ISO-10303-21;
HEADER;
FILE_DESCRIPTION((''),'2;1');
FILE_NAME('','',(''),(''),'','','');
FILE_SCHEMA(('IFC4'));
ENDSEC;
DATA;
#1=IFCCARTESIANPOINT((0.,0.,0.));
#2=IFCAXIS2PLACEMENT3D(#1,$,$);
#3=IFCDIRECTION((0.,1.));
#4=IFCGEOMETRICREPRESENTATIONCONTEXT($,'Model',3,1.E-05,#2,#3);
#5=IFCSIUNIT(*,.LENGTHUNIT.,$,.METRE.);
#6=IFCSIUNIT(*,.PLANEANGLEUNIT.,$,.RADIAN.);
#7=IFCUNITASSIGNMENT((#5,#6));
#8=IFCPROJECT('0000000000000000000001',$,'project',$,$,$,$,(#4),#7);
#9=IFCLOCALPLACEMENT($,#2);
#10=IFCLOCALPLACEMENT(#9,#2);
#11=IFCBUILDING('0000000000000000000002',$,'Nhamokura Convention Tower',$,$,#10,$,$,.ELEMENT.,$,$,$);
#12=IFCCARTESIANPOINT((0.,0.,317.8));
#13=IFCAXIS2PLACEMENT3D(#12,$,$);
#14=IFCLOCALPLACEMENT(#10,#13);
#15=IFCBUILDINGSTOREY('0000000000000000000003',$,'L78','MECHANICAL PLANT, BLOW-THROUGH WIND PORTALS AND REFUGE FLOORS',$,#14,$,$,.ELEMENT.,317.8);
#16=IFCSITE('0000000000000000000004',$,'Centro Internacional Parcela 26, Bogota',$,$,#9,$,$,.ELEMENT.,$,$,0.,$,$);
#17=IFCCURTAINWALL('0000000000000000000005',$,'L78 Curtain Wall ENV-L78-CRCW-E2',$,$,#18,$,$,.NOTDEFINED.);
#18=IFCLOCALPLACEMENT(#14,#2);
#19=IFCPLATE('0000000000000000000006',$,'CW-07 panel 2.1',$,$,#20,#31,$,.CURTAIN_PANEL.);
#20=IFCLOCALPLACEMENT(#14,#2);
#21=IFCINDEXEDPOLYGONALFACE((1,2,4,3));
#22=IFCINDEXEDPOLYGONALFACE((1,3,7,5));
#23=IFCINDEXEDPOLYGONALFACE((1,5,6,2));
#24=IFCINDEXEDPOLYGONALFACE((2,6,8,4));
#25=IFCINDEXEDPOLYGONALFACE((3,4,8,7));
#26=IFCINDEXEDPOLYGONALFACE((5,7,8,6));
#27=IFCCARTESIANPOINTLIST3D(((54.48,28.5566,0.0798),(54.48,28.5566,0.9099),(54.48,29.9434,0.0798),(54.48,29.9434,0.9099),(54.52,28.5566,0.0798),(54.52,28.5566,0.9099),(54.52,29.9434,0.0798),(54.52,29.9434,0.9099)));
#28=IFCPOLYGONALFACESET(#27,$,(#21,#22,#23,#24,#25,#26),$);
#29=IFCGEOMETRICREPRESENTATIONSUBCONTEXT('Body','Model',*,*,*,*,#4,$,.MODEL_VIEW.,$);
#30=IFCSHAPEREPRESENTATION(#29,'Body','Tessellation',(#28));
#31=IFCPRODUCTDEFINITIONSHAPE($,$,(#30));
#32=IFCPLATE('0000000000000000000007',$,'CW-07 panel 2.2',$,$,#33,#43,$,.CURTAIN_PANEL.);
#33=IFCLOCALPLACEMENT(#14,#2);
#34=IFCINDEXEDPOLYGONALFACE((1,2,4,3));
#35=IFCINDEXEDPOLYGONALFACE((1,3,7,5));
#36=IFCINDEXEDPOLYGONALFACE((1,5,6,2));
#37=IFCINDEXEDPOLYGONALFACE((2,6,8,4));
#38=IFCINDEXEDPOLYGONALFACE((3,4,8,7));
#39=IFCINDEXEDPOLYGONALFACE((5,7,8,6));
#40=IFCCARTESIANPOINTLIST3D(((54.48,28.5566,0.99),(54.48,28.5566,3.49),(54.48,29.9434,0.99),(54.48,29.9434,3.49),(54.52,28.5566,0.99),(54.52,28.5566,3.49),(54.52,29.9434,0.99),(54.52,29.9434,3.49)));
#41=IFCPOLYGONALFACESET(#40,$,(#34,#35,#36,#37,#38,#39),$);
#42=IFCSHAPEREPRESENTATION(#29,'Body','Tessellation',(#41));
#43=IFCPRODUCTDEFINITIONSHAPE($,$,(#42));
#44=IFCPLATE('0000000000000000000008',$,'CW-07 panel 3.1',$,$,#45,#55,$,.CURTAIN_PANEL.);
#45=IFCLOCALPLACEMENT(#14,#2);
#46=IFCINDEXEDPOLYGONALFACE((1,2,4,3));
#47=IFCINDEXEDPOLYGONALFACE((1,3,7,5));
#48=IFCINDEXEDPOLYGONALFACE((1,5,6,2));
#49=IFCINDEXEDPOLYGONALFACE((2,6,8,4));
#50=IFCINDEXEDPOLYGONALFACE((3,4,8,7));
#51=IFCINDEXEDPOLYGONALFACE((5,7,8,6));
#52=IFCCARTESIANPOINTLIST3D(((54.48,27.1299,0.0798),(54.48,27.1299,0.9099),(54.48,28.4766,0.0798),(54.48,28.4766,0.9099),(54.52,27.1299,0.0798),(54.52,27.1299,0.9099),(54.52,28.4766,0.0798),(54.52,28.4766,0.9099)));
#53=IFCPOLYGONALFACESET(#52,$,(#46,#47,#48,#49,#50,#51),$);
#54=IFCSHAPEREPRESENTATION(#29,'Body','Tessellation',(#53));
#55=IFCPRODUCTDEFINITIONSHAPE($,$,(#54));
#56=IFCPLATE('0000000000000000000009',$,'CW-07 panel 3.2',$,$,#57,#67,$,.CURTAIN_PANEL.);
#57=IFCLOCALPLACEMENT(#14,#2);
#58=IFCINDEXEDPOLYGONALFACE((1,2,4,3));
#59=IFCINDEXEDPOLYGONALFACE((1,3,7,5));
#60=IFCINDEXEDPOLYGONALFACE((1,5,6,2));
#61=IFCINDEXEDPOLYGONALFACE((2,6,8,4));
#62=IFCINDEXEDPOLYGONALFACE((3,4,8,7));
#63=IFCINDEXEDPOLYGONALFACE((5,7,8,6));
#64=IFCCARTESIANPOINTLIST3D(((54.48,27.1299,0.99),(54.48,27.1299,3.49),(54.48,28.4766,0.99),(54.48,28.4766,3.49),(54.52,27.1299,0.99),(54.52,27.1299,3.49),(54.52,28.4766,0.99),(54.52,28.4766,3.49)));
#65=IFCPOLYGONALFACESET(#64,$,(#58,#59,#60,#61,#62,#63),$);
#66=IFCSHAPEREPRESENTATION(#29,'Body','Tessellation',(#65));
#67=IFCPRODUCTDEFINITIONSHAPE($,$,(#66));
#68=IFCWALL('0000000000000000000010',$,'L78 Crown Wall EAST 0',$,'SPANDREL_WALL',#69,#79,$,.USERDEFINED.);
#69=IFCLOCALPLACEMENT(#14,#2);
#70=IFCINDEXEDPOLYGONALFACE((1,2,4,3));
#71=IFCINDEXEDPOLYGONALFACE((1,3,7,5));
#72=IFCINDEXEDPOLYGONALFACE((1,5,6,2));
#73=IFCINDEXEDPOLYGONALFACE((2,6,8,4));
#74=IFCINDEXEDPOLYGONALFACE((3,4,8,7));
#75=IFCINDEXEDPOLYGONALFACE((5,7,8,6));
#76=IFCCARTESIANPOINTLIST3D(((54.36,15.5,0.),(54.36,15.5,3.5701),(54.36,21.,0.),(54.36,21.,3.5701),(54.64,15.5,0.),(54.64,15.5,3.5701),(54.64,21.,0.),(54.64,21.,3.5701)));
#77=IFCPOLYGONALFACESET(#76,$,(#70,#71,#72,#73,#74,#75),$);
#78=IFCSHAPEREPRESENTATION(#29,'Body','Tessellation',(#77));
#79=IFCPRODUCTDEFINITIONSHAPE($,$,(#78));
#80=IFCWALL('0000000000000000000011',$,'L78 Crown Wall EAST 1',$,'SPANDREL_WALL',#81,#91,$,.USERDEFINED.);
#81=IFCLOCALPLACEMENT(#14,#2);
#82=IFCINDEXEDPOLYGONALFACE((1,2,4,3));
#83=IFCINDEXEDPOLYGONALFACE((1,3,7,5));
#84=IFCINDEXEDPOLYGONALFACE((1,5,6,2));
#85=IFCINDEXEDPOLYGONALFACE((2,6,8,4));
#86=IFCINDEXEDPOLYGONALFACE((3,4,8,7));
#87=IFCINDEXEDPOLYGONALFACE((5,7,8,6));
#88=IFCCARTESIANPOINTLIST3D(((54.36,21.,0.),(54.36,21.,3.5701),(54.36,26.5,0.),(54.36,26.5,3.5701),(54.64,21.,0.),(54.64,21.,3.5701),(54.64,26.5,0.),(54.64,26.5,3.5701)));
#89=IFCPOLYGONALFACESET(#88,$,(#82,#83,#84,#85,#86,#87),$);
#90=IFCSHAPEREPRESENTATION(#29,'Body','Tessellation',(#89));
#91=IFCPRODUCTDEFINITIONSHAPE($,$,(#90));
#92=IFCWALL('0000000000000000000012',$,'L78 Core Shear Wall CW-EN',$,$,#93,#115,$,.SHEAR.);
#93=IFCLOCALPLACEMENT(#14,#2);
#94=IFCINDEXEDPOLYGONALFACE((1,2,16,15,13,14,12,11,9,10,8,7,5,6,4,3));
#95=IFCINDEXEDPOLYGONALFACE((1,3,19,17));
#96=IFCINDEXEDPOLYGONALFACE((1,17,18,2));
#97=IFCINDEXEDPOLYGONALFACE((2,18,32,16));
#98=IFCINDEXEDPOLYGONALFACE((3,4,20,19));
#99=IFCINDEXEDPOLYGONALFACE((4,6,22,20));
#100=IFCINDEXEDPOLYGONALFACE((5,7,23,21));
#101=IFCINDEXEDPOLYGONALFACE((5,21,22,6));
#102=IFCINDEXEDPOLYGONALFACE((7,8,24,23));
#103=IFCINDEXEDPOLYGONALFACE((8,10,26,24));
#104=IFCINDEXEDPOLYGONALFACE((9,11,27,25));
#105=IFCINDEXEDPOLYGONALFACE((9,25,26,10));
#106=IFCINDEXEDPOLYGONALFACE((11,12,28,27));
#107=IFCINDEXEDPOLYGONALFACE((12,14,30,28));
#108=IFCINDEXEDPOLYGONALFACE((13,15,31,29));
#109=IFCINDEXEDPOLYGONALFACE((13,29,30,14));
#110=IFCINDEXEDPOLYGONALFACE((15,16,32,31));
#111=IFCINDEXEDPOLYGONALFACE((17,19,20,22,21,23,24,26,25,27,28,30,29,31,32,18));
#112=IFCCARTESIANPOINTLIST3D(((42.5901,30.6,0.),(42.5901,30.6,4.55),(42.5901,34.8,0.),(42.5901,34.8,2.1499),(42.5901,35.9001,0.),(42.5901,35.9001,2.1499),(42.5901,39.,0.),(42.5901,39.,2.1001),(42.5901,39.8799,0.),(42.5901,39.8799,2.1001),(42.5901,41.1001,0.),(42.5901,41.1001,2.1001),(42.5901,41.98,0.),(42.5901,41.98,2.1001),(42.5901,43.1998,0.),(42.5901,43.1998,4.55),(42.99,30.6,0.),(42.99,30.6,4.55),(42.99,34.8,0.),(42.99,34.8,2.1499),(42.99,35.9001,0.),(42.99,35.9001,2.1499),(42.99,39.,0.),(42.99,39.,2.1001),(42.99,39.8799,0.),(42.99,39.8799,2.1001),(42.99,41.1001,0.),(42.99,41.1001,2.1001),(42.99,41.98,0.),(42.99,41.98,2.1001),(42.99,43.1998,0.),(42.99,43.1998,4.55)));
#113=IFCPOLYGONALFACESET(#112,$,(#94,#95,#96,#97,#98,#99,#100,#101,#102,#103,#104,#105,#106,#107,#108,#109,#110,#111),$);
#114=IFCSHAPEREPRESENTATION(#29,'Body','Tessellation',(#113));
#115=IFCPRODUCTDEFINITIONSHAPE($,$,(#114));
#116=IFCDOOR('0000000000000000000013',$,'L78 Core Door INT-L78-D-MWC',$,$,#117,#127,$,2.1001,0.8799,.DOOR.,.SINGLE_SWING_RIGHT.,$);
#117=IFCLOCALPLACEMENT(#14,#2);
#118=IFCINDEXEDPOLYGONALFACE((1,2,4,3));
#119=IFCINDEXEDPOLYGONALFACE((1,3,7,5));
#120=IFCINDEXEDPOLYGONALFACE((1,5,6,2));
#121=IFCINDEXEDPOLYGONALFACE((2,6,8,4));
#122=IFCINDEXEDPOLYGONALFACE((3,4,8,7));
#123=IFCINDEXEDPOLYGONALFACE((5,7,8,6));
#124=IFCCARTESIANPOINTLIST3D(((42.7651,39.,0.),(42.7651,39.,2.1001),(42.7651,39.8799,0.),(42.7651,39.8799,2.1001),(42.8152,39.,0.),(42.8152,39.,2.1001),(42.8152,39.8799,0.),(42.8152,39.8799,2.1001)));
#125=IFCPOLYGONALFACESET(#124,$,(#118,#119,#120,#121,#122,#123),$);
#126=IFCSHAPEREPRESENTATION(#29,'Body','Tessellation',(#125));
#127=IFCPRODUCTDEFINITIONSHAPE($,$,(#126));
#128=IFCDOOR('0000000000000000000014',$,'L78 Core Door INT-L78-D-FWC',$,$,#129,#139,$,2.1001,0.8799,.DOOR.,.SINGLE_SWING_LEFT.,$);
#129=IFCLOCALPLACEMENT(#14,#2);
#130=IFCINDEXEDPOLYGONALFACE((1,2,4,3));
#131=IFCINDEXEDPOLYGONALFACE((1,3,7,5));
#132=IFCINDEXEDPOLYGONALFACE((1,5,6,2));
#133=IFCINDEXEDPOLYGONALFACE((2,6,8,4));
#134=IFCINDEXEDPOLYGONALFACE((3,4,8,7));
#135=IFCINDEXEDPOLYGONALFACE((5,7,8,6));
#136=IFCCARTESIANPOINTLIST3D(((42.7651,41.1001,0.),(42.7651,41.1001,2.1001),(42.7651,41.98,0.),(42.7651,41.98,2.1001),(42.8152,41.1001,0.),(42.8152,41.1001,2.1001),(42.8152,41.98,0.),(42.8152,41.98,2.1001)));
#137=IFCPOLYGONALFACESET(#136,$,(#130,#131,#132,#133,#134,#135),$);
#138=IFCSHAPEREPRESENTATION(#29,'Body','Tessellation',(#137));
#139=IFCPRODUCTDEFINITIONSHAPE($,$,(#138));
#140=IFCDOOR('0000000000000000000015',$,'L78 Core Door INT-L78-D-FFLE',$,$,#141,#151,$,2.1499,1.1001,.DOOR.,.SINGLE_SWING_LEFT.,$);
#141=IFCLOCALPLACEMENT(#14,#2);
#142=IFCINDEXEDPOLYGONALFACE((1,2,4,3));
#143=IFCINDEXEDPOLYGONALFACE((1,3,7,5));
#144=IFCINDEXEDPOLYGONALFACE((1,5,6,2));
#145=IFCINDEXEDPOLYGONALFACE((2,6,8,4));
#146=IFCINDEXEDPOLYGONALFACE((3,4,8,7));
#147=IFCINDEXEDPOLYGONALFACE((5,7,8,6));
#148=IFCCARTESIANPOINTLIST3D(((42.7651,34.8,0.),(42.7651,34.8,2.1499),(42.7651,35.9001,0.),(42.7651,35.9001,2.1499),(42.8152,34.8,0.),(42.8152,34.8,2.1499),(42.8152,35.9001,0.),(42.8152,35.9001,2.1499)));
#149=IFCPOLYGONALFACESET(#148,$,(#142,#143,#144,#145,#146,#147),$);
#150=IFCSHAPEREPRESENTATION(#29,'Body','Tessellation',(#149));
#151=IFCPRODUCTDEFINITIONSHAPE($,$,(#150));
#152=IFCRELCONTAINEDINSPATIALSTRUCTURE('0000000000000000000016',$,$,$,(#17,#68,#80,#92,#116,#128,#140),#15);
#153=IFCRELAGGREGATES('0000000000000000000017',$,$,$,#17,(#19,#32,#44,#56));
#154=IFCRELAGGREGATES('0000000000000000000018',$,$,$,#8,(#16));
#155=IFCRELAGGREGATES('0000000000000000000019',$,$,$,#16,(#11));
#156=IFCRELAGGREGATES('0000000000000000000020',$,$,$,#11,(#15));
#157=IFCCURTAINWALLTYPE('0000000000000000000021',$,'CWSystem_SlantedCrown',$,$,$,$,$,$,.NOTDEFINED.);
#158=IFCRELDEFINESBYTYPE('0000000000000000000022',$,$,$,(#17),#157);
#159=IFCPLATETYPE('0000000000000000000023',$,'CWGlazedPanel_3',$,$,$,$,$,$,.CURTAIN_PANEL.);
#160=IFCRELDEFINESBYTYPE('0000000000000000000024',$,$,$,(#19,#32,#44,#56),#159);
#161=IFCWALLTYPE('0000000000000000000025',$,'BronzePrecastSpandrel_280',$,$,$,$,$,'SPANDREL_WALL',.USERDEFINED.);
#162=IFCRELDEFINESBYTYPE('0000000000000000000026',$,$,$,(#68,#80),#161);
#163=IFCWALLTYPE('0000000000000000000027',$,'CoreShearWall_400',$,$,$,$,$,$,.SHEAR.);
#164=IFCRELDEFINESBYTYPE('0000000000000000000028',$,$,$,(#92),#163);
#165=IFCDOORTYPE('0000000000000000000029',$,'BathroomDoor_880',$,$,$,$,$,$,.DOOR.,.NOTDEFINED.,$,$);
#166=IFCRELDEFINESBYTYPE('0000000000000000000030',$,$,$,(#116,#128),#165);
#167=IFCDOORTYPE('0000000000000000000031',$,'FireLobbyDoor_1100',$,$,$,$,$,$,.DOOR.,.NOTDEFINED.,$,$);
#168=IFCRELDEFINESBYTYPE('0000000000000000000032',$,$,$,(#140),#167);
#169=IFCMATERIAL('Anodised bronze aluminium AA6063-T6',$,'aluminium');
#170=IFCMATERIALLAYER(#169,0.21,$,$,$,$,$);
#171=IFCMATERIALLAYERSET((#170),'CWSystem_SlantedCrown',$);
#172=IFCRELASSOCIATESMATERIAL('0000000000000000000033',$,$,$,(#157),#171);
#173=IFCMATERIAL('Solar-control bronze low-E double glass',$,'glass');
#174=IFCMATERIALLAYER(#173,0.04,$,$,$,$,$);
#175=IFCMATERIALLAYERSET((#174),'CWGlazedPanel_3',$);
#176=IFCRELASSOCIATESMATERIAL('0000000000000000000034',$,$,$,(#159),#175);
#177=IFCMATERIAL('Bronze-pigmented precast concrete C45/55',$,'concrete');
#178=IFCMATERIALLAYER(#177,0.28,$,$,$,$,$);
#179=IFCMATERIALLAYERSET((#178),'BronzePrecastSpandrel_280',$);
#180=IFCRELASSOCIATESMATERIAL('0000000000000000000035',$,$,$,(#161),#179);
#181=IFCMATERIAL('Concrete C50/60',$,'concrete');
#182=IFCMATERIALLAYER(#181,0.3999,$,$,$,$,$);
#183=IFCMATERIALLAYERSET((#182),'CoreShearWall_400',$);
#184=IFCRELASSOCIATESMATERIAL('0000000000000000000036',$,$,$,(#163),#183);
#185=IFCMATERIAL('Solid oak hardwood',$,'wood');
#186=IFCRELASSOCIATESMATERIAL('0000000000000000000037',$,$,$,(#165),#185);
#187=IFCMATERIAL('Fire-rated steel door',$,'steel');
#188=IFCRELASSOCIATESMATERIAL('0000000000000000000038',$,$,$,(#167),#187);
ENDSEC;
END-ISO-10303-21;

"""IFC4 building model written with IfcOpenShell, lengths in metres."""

from ifc_helpers import new_model, si_unit, direction, frame, frame_2d, origin, origin_2d, place, context, subcontext, project, spatial, rectangle, extrude, material, layer, layer_set, type_object, element, fill, aggregate, save


model = new_model("IFC4")

# Units and contexts
model_context = context("Model", 3, precision=1e-05, world=origin(), true_north=direction((0.0, 1.0)))
body_context = subcontext(model_context, "Body", "Model", "MODEL_VIEW")
ifc_project = project(units=[si_unit("LENGTHUNIT", "METRE"), si_unit("PLANEANGLEUNIT", "RADIAN")], contexts=[model_context])

# Site, building, storey
site_placement = place(None, origin())
site = spatial("IfcSite", under=ifc_project, at=site_placement, Name="Centro Internacional Parcela 26, Bogota", CompositionType="ELEMENT", RefElevation=0.0)
building_placement = place(site_placement, origin())
building = spatial("IfcBuilding", under=site, at=building_placement, Name="Nhamokura Convention Tower", CompositionType="ELEMENT")
storey_placement = place(building_placement, frame((0.0, 0.0, 317.8)))
storey = spatial("IfcBuildingStorey", under=building, at=storey_placement, Name="L78", Description="MECHANICAL PLANT, BLOW-THROUGH WIND PORTALS AND REFUGE FLOORS", CompositionType="ELEMENT", Elevation=317.8)

# Curtain wall
ifc_material_1 = material(Name="Anodised bronze aluminium AA6063-T6", Category="aluminium")
ifc_layer_1 = layer(ifc_material_1, 0.21)
ifc_layer_set_1 = layer_set([ifc_layer_1], Name="CWSystem_SlantedCrown")
curtain_wall_type = type_object("IfcCurtainWallType", Name="CWSystem_SlantedCrown", PredefinedType="NOTDEFINED", material=ifc_layer_set_1)
curtain_wall_placement = place(storey_placement, origin())
curtain_wall = element("IfcCurtainWall", 1, at=curtain_wall_placement, inside=storey, type_object=curtain_wall_type, Name="L78 Curtain Wall ENV-L78-CRCW-E2", PredefinedType="NOTDEFINED")

# Plates
ifc_material_2 = material(Name="Solar-control bronze low-E double glass", Category="glass")
ifc_layer_2 = layer(ifc_material_2, 0.04)
ifc_layer_set_2 = layer_set([ifc_layer_2], Name="CWGlazedPanel_3")
plate_type = type_object("IfcPlateType", Name="CWGlazedPanel_3", PredefinedType="CURTAIN_PANEL", material=ifc_layer_set_2)
plate_1_placement = place(storey_placement, frame((54.5, 29.25, 0.0798), z_axis=(0.0, 0.0, 1.0), x_axis=(0.0, -1.0, 0.0)))
plate_1 = element("IfcPlate", 2, at=plate_1_placement, type_object=plate_type, Name="CW-07 panel 2.1", PredefinedType="CURTAIN_PANEL", context=body_context, shape_type="SweptSolid", body=[
    extrude(rectangle(XDim=1.3867, YDim=0.04, at=origin_2d()), origin(), (0.0, 0.0, 1.0), 0.8301),
])
plate_2_placement = place(storey_placement, frame((54.5, 29.25, 0.99), z_axis=(0.0, 0.0, 1.0), x_axis=(0.0, -1.0, 0.0)))
plate_2 = element("IfcPlate", 3, at=plate_2_placement, type_object=plate_type, Name="CW-07 panel 2.2", PredefinedType="CURTAIN_PANEL", context=body_context, shape_type="SweptSolid", body=[
    extrude(rectangle(XDim=1.3867, YDim=0.04, at=origin_2d()), origin(), (0.0, 0.0, 1.0), 2.5),
])
plate_3_placement = place(storey_placement, frame((54.5, 27.8032, 0.0798), z_axis=(0.0, 0.0, 1.0), x_axis=(0.0, -1.0, 0.0)))
plate_3 = element("IfcPlate", 4, at=plate_3_placement, type_object=plate_type, Name="CW-07 panel 3.1", PredefinedType="CURTAIN_PANEL", context=body_context, shape_type="SweptSolid", body=[
    extrude(rectangle(XDim=1.3467, YDim=0.04, at=origin_2d()), origin(), (0.0, 0.0, 1.0), 0.8301),
])
plate_4_placement = place(storey_placement, frame((54.5, 27.8032, 0.99), z_axis=(0.0, 0.0, 1.0), x_axis=(0.0, -1.0, 0.0)))
plate_4 = element("IfcPlate", 5, at=plate_4_placement, type_object=plate_type, Name="CW-07 panel 3.2", PredefinedType="CURTAIN_PANEL", context=body_context, shape_type="SweptSolid", body=[
    extrude(rectangle(XDim=1.3467, YDim=0.04, at=origin_2d()), origin(), (0.0, 0.0, 1.0), 2.5),
])
aggregate(curtain_wall, [plate_1, plate_2, plate_3, plate_4])

# Walls
ifc_material_3 = material(Name="Bronze-pigmented precast concrete C45/55", Category="concrete")
ifc_layer_3 = layer(ifc_material_3, 0.28)
ifc_layer_set_3 = layer_set([ifc_layer_3], Name="BronzePrecastSpandrel_280")
wall_type_1 = type_object("IfcWallType", Name="BronzePrecastSpandrel_280", ElementType="SPANDREL_WALL", PredefinedType="USERDEFINED", material=ifc_layer_set_3)
for number, where, z_axis, x_axis, name in (
    (6, (54.5, 21.0, 0.0), (0.0, 0.0, 1.0), (0.0, -1.0, 0.0), "L78 Crown Wall EAST 0"),
    (7, (54.5, 26.5, 0.0), (0.0, 0.0, 1.0), (0.0, -1.0, 0.0), "L78 Crown Wall EAST 1"),
):
    element("IfcWall", number, at=place(storey_placement, frame(where, z_axis=z_axis, x_axis=x_axis)), inside=storey, type_object=wall_type_1, Name=name, ObjectType="SPANDREL_WALL", PredefinedType="USERDEFINED", context=body_context, shape_type="SweptSolid", body=[
        extrude(rectangle(XDim=5.5, YDim=0.28, at=frame_2d((2.75, 0.0))), origin(), (0.0, 0.0, 1.0), 3.5701),
    ])

# Wall, openings, doors
ifc_material_4 = material(Name="Concrete C50/60", Category="concrete")
ifc_layer_4 = layer(ifc_material_4, 0.3999)
ifc_layer_set_4 = layer_set([ifc_layer_4], Name="CoreShearWall_400")
wall_type_2 = type_object("IfcWallType", Name="CoreShearWall_400", PredefinedType="SHEAR", material=ifc_layer_set_4)
wall_placement = place(storey_placement, frame((42.79, 30.6001, 0.0), z_axis=(0.0, 0.0, 1.0), x_axis=(0.0, 1.0, 0.0)))
wall = element("IfcWall", 8, at=wall_placement, inside=storey, type_object=wall_type_2, Name="L78 Core Shear Wall CW-EN", PredefinedType="SHEAR", context=body_context, shape_type="SweptSolid", body=[
    extrude(rectangle(XDim=12.5999, YDim=0.3999, at=frame_2d((6.2998, 0.0))), origin(), (0.0, 0.0, 1.0), 4.55),
])
opening_1_placement = place(wall_placement, frame((4.2, 0.0, 0.0)))
opening_1 = element("IfcOpeningElement", 9, at=opening_1_placement, cuts=wall, PredefinedType="OPENING", context=body_context, shape_type="SweptSolid", body=[
    extrude(rectangle(XDim=1.1001, YDim=2.1499, at=frame_2d((0.55, 1.075))), frame((0.0, 0.21, 0.0), z_axis=(0.0, -1.0, 0.0), x_axis=(1.0, 0.0, 0.0)), (0.0, 0.0, 1.0), 0.4199),
])
opening_2_placement = place(wall_placement, frame((8.3999, 0.0, 0.0)))
opening_2 = element("IfcOpeningElement", 10, at=opening_2_placement, cuts=wall, PredefinedType="OPENING", context=body_context, shape_type="SweptSolid", body=[
    extrude(rectangle(XDim=0.8799, YDim=2.1001, at=frame_2d((0.4399, 1.05))), frame((0.0, 0.21, 0.0), z_axis=(0.0, -1.0, 0.0), x_axis=(1.0, 0.0, 0.0)), (0.0, 0.0, 1.0), 0.4199),
])
opening_3_placement = place(wall_placement, frame((10.5, 0.0, 0.0)))
opening_3 = element("IfcOpeningElement", 11, at=opening_3_placement, cuts=wall, PredefinedType="OPENING", context=body_context, shape_type="SweptSolid", body=[
    extrude(rectangle(XDim=0.8799, YDim=2.1001, at=frame_2d((0.4399, 1.05))), frame((0.0, 0.21, 0.0), z_axis=(0.0, -1.0, 0.0), x_axis=(1.0, 0.0, 0.0)), (0.0, 0.0, 1.0), 0.4199),
])
ifc_material_5 = material(Name="Solid oak hardwood", Category="wood")
door_type_1 = type_object("IfcDoorType", Name="BathroomDoor_880", OperationType="NOTDEFINED", PredefinedType="DOOR", material=ifc_material_5)
door_1_placement = place(opening_2_placement, origin())
door_1 = element("IfcDoor", 12, at=door_1_placement, inside=storey, type_object=door_type_1, Name="L78 Core Door INT-L78-D-MWC", OperationType="SINGLE_SWING_RIGHT", OverallHeight=2.1001, OverallWidth=0.8799, PredefinedType="DOOR", context=body_context, shape_type="SweptSolid", body=[
    extrude(rectangle(XDim=0.8799, YDim=2.1001, at=frame_2d((0.4399, 1.05))), frame((0.0, 0.0249, 0.0), z_axis=(0.0, -1.0, 0.0), x_axis=(1.0, 0.0, 0.0)), (0.0, 0.0, 1.0), 0.05),
])
fill(opening_2, door_1)
door_2_placement = place(opening_3_placement, origin())
door_2 = element("IfcDoor", 13, at=door_2_placement, inside=storey, type_object=door_type_1, Name="L78 Core Door INT-L78-D-FWC", OperationType="SINGLE_SWING_LEFT", OverallHeight=2.1001, OverallWidth=0.8799, PredefinedType="DOOR", context=body_context, shape_type="SweptSolid", body=[
    extrude(rectangle(XDim=0.8799, YDim=2.1001, at=frame_2d((0.4399, 1.05))), frame((0.0, 0.0249, 0.0), z_axis=(0.0, -1.0, 0.0), x_axis=(1.0, 0.0, 0.0)), (0.0, 0.0, 1.0), 0.05),
])
fill(opening_3, door_2)
ifc_material_6 = material(Name="Fire-rated steel door", Category="steel")
door_type_2 = type_object("IfcDoorType", Name="FireLobbyDoor_1100", OperationType="NOTDEFINED", PredefinedType="DOOR", material=ifc_material_6)
door_3_placement = place(opening_1_placement, origin())
door_3 = element("IfcDoor", 14, at=door_3_placement, inside=storey, type_object=door_type_2, Name="L78 Core Door INT-L78-D-FFLE", OperationType="SINGLE_SWING_LEFT", OverallHeight=2.1499, OverallWidth=1.1001, PredefinedType="DOOR", context=body_context, shape_type="SweptSolid", body=[
    extrude(rectangle(XDim=1.1001, YDim=2.1499, at=frame_2d((0.55, 1.075))), frame((0.0, 0.0249, 0.0), z_axis=(0.0, -1.0, 0.0), x_axis=(1.0, 0.0, 0.0)), (0.0, 0.0, 1.0), 0.05),
])
fill(opening_1, door_3)

save(model, "model.ifc")
